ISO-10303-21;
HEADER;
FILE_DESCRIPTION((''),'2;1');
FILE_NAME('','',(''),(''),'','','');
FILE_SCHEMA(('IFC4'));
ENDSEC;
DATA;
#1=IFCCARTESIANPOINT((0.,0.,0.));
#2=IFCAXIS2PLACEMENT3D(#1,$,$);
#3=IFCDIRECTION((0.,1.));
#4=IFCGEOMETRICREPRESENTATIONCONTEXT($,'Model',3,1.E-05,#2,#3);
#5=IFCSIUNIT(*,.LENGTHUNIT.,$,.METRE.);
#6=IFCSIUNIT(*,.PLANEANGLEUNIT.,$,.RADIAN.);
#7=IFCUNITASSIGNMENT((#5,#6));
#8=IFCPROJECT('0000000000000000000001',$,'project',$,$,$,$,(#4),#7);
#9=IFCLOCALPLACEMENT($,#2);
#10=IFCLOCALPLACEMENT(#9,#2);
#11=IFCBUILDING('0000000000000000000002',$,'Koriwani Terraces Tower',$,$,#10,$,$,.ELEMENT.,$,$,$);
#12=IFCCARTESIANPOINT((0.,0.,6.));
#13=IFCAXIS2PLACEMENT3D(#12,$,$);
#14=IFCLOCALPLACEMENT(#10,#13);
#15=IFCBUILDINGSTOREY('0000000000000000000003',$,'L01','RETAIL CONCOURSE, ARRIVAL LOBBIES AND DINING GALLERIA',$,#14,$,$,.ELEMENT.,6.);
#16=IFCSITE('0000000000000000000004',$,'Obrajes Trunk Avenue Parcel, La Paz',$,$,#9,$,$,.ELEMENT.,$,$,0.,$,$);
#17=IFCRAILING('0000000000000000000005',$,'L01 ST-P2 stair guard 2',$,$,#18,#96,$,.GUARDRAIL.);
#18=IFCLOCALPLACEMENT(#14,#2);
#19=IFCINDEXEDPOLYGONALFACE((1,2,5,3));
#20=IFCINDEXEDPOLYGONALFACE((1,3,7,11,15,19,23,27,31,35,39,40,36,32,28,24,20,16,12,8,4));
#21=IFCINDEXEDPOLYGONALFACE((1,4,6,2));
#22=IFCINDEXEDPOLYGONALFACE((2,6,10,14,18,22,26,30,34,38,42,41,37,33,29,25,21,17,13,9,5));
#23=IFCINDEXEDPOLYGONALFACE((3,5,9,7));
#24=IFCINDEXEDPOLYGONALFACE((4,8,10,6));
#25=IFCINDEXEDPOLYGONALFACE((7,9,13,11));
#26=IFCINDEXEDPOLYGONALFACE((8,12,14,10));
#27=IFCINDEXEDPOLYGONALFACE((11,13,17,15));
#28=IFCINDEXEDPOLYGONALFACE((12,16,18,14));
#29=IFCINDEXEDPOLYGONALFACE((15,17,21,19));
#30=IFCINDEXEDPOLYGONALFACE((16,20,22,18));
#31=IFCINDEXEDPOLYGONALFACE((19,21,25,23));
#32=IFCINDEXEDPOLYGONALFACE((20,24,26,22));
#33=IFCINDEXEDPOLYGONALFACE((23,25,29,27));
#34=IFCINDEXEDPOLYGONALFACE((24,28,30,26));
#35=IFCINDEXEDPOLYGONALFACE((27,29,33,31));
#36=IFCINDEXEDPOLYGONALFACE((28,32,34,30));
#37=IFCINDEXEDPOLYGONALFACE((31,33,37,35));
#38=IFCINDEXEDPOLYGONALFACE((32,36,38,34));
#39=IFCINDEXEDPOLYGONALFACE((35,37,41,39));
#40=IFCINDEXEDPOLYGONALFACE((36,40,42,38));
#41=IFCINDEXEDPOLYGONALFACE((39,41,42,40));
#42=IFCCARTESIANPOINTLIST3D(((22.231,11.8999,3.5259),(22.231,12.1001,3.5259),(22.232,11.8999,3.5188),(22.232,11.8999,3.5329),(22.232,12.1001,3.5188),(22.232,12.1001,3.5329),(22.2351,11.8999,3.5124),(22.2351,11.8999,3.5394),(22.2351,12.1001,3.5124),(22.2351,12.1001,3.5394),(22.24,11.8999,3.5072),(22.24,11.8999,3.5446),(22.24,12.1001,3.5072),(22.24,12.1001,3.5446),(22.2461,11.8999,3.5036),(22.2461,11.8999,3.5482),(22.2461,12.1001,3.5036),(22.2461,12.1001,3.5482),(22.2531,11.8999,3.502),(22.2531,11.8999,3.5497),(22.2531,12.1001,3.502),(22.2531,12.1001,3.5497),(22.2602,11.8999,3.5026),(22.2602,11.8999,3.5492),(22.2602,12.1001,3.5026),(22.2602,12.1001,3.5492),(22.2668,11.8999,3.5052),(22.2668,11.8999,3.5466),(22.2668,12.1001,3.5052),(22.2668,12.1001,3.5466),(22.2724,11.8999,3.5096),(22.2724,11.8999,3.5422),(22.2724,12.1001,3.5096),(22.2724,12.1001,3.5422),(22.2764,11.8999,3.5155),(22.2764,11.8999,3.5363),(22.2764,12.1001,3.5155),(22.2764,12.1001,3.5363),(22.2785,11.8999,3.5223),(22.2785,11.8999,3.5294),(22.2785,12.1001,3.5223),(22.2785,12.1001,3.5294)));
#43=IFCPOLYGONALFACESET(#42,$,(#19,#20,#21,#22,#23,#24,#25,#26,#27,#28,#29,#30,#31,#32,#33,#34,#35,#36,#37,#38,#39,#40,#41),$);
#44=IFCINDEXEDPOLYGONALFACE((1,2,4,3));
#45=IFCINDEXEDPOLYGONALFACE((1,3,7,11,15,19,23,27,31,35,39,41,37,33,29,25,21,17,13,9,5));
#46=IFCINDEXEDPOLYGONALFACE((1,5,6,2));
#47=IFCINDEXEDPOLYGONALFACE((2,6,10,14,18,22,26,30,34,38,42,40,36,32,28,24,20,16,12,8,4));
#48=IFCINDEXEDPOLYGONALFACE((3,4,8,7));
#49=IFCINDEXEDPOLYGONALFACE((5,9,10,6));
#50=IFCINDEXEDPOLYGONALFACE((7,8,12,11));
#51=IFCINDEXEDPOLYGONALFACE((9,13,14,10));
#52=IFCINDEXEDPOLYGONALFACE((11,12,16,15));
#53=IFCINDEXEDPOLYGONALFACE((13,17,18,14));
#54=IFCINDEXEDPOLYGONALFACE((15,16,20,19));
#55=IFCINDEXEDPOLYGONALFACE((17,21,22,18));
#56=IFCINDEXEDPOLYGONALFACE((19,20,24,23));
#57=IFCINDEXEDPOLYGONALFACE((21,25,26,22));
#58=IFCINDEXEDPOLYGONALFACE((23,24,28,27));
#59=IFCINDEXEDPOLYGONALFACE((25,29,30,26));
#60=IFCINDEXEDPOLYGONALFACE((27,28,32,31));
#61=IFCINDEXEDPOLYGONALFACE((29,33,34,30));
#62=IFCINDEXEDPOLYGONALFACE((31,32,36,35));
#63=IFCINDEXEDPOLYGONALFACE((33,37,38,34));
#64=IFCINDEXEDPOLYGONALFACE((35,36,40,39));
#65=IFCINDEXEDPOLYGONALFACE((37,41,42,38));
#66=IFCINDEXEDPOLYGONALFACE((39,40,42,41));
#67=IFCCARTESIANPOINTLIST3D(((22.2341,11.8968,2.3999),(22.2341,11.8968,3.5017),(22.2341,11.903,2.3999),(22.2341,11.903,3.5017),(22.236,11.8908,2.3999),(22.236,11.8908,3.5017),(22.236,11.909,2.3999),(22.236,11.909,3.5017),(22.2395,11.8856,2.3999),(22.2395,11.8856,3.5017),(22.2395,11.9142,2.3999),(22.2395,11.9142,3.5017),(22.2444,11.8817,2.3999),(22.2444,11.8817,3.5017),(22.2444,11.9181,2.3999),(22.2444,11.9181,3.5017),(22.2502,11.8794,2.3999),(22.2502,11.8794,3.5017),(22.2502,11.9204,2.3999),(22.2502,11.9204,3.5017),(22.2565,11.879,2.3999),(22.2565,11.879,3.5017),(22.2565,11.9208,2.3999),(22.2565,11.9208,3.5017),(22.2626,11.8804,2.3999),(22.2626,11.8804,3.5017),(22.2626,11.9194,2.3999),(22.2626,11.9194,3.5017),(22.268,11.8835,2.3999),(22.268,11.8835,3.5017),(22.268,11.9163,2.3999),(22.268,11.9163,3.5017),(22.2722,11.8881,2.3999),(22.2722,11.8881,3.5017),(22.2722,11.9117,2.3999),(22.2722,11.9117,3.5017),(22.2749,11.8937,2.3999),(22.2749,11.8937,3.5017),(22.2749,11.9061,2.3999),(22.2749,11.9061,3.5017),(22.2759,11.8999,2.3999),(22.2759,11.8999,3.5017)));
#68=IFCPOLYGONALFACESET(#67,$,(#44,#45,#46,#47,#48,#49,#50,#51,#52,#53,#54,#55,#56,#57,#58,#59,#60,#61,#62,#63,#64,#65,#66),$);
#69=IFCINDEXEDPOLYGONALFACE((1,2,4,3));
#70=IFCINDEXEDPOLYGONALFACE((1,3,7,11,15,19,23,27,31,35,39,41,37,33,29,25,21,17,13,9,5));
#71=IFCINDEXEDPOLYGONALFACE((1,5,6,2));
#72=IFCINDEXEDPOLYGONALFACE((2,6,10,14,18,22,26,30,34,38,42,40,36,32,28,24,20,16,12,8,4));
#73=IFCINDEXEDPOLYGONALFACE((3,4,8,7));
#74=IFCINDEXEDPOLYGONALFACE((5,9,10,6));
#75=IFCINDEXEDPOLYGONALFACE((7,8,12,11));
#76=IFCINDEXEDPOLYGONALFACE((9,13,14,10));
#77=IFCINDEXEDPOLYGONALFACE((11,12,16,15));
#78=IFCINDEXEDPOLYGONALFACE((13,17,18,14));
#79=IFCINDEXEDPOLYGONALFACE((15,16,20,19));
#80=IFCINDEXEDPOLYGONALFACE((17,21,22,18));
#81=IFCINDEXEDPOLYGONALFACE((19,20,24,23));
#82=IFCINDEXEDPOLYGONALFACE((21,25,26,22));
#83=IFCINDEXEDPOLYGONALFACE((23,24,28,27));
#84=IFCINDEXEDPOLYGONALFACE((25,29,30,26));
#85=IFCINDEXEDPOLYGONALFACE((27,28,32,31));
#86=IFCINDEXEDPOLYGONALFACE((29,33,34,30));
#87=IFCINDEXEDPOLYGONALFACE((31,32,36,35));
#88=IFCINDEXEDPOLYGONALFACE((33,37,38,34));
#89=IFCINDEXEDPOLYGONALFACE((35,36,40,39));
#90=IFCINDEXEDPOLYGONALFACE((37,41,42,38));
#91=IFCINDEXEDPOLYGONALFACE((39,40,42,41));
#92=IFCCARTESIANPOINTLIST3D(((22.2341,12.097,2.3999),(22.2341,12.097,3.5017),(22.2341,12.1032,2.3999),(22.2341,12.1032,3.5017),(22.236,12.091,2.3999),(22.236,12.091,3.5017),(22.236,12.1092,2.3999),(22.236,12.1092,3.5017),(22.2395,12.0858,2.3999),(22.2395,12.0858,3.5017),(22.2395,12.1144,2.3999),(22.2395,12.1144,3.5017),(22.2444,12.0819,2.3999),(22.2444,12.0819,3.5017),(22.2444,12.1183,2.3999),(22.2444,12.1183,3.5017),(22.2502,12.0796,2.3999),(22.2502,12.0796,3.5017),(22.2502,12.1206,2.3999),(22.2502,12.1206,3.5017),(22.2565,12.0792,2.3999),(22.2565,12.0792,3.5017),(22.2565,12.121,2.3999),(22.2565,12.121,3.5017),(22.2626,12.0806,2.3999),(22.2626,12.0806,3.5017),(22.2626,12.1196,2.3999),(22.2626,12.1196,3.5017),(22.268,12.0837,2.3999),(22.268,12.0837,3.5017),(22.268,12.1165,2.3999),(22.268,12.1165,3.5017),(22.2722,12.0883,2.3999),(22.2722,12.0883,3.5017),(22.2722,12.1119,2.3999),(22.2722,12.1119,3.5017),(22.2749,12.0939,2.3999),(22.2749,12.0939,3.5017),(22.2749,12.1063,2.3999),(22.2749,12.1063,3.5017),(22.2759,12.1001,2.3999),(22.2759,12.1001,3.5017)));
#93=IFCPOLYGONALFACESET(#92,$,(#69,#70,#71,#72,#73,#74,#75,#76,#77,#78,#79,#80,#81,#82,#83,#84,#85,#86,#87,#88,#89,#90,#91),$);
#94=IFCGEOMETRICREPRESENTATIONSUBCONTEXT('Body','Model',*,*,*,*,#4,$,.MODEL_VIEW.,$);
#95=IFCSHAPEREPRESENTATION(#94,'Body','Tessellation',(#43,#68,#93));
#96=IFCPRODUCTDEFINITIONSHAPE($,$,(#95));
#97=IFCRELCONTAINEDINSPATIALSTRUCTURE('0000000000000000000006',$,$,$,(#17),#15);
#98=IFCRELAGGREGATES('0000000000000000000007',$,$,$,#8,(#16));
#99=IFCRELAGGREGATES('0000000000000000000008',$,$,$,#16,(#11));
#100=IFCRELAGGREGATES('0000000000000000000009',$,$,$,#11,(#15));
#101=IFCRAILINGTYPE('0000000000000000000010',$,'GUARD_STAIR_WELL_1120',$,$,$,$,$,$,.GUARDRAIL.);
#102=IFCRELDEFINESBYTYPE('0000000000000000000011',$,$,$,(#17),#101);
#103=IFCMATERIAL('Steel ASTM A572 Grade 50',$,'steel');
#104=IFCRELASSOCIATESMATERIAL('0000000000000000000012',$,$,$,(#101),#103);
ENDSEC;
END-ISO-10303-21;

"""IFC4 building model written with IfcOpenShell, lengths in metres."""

from ifc_helpers import new_model, si_unit, direction, frame, origin, origin_2d, place, context, subcontext, project, spatial, circle, extrude, material, type_object, element, save


model = new_model("IFC4")

# Units and contexts
model_context = context("Model", 3, precision=1e-05, world=origin(), true_north=direction((0.0, 1.0)))
body_context = subcontext(model_context, "Body", "Model", "MODEL_VIEW")
ifc_project = project(units=[si_unit("LENGTHUNIT", "METRE"), si_unit("PLANEANGLEUNIT", "RADIAN")], contexts=[model_context])

# Site, building, storey
site_placement = place(None, origin())
site = spatial("IfcSite", under=ifc_project, at=site_placement, Name="Obrajes Trunk Avenue Parcel, La Paz", CompositionType="ELEMENT", RefElevation=0.0)
building_placement = place(site_placement, origin())
building = spatial("IfcBuilding", under=site, at=building_placement, Name="Koriwani Terraces Tower", CompositionType="ELEMENT")
storey_placement = place(building_placement, frame((0.0, 0.0, 6.0)))
storey = spatial("IfcBuildingStorey", under=building, at=storey_placement, Name="L01", Description="RETAIL CONCOURSE, ARRIVAL LOBBIES AND DINING GALLERIA", CompositionType="ELEMENT", Elevation=6.0)

# Shared definitions
ifc_material_1 = material(Name="Steel ASTM A572 Grade 50", Category="steel")

# Railing
railing_type_1 = type_object("IfcRailingType", Name="GUARD_STAIR_WELL_1120", PredefinedType="GUARDRAIL", material=ifc_material_1)
railing_1_placement = place(storey_placement, frame((22.2549, 11.8999, 2.3999)))
element("IfcRailing", 1, at=railing_1_placement, inside=storey, type_object=railing_type_1, Name="L01 ST-P2 stair guard 2", PredefinedType="GUARDRAIL", context=body_context, shape_type="SweptSolid", body=[
    extrude(circle(Radius=0.0239, at=origin_2d()), frame((0.0, 0.0, 1.126), z_axis=(0.0, 1.0, 0.0), x_axis=(-1.0, 0.0, 0.0)), (0.0, 0.0, 1.0), 0.2002),
    extrude(circle(Radius=0.021, at=origin_2d()), origin(), (0.0, 0.0, 1.0), 1.1018),
    extrude(circle(Radius=0.021, at=origin_2d()), frame((0.0, 0.2002, 0.0)), (0.0, 0.0, 1.0), 1.1018),
])

save(model, "model.ifc")
